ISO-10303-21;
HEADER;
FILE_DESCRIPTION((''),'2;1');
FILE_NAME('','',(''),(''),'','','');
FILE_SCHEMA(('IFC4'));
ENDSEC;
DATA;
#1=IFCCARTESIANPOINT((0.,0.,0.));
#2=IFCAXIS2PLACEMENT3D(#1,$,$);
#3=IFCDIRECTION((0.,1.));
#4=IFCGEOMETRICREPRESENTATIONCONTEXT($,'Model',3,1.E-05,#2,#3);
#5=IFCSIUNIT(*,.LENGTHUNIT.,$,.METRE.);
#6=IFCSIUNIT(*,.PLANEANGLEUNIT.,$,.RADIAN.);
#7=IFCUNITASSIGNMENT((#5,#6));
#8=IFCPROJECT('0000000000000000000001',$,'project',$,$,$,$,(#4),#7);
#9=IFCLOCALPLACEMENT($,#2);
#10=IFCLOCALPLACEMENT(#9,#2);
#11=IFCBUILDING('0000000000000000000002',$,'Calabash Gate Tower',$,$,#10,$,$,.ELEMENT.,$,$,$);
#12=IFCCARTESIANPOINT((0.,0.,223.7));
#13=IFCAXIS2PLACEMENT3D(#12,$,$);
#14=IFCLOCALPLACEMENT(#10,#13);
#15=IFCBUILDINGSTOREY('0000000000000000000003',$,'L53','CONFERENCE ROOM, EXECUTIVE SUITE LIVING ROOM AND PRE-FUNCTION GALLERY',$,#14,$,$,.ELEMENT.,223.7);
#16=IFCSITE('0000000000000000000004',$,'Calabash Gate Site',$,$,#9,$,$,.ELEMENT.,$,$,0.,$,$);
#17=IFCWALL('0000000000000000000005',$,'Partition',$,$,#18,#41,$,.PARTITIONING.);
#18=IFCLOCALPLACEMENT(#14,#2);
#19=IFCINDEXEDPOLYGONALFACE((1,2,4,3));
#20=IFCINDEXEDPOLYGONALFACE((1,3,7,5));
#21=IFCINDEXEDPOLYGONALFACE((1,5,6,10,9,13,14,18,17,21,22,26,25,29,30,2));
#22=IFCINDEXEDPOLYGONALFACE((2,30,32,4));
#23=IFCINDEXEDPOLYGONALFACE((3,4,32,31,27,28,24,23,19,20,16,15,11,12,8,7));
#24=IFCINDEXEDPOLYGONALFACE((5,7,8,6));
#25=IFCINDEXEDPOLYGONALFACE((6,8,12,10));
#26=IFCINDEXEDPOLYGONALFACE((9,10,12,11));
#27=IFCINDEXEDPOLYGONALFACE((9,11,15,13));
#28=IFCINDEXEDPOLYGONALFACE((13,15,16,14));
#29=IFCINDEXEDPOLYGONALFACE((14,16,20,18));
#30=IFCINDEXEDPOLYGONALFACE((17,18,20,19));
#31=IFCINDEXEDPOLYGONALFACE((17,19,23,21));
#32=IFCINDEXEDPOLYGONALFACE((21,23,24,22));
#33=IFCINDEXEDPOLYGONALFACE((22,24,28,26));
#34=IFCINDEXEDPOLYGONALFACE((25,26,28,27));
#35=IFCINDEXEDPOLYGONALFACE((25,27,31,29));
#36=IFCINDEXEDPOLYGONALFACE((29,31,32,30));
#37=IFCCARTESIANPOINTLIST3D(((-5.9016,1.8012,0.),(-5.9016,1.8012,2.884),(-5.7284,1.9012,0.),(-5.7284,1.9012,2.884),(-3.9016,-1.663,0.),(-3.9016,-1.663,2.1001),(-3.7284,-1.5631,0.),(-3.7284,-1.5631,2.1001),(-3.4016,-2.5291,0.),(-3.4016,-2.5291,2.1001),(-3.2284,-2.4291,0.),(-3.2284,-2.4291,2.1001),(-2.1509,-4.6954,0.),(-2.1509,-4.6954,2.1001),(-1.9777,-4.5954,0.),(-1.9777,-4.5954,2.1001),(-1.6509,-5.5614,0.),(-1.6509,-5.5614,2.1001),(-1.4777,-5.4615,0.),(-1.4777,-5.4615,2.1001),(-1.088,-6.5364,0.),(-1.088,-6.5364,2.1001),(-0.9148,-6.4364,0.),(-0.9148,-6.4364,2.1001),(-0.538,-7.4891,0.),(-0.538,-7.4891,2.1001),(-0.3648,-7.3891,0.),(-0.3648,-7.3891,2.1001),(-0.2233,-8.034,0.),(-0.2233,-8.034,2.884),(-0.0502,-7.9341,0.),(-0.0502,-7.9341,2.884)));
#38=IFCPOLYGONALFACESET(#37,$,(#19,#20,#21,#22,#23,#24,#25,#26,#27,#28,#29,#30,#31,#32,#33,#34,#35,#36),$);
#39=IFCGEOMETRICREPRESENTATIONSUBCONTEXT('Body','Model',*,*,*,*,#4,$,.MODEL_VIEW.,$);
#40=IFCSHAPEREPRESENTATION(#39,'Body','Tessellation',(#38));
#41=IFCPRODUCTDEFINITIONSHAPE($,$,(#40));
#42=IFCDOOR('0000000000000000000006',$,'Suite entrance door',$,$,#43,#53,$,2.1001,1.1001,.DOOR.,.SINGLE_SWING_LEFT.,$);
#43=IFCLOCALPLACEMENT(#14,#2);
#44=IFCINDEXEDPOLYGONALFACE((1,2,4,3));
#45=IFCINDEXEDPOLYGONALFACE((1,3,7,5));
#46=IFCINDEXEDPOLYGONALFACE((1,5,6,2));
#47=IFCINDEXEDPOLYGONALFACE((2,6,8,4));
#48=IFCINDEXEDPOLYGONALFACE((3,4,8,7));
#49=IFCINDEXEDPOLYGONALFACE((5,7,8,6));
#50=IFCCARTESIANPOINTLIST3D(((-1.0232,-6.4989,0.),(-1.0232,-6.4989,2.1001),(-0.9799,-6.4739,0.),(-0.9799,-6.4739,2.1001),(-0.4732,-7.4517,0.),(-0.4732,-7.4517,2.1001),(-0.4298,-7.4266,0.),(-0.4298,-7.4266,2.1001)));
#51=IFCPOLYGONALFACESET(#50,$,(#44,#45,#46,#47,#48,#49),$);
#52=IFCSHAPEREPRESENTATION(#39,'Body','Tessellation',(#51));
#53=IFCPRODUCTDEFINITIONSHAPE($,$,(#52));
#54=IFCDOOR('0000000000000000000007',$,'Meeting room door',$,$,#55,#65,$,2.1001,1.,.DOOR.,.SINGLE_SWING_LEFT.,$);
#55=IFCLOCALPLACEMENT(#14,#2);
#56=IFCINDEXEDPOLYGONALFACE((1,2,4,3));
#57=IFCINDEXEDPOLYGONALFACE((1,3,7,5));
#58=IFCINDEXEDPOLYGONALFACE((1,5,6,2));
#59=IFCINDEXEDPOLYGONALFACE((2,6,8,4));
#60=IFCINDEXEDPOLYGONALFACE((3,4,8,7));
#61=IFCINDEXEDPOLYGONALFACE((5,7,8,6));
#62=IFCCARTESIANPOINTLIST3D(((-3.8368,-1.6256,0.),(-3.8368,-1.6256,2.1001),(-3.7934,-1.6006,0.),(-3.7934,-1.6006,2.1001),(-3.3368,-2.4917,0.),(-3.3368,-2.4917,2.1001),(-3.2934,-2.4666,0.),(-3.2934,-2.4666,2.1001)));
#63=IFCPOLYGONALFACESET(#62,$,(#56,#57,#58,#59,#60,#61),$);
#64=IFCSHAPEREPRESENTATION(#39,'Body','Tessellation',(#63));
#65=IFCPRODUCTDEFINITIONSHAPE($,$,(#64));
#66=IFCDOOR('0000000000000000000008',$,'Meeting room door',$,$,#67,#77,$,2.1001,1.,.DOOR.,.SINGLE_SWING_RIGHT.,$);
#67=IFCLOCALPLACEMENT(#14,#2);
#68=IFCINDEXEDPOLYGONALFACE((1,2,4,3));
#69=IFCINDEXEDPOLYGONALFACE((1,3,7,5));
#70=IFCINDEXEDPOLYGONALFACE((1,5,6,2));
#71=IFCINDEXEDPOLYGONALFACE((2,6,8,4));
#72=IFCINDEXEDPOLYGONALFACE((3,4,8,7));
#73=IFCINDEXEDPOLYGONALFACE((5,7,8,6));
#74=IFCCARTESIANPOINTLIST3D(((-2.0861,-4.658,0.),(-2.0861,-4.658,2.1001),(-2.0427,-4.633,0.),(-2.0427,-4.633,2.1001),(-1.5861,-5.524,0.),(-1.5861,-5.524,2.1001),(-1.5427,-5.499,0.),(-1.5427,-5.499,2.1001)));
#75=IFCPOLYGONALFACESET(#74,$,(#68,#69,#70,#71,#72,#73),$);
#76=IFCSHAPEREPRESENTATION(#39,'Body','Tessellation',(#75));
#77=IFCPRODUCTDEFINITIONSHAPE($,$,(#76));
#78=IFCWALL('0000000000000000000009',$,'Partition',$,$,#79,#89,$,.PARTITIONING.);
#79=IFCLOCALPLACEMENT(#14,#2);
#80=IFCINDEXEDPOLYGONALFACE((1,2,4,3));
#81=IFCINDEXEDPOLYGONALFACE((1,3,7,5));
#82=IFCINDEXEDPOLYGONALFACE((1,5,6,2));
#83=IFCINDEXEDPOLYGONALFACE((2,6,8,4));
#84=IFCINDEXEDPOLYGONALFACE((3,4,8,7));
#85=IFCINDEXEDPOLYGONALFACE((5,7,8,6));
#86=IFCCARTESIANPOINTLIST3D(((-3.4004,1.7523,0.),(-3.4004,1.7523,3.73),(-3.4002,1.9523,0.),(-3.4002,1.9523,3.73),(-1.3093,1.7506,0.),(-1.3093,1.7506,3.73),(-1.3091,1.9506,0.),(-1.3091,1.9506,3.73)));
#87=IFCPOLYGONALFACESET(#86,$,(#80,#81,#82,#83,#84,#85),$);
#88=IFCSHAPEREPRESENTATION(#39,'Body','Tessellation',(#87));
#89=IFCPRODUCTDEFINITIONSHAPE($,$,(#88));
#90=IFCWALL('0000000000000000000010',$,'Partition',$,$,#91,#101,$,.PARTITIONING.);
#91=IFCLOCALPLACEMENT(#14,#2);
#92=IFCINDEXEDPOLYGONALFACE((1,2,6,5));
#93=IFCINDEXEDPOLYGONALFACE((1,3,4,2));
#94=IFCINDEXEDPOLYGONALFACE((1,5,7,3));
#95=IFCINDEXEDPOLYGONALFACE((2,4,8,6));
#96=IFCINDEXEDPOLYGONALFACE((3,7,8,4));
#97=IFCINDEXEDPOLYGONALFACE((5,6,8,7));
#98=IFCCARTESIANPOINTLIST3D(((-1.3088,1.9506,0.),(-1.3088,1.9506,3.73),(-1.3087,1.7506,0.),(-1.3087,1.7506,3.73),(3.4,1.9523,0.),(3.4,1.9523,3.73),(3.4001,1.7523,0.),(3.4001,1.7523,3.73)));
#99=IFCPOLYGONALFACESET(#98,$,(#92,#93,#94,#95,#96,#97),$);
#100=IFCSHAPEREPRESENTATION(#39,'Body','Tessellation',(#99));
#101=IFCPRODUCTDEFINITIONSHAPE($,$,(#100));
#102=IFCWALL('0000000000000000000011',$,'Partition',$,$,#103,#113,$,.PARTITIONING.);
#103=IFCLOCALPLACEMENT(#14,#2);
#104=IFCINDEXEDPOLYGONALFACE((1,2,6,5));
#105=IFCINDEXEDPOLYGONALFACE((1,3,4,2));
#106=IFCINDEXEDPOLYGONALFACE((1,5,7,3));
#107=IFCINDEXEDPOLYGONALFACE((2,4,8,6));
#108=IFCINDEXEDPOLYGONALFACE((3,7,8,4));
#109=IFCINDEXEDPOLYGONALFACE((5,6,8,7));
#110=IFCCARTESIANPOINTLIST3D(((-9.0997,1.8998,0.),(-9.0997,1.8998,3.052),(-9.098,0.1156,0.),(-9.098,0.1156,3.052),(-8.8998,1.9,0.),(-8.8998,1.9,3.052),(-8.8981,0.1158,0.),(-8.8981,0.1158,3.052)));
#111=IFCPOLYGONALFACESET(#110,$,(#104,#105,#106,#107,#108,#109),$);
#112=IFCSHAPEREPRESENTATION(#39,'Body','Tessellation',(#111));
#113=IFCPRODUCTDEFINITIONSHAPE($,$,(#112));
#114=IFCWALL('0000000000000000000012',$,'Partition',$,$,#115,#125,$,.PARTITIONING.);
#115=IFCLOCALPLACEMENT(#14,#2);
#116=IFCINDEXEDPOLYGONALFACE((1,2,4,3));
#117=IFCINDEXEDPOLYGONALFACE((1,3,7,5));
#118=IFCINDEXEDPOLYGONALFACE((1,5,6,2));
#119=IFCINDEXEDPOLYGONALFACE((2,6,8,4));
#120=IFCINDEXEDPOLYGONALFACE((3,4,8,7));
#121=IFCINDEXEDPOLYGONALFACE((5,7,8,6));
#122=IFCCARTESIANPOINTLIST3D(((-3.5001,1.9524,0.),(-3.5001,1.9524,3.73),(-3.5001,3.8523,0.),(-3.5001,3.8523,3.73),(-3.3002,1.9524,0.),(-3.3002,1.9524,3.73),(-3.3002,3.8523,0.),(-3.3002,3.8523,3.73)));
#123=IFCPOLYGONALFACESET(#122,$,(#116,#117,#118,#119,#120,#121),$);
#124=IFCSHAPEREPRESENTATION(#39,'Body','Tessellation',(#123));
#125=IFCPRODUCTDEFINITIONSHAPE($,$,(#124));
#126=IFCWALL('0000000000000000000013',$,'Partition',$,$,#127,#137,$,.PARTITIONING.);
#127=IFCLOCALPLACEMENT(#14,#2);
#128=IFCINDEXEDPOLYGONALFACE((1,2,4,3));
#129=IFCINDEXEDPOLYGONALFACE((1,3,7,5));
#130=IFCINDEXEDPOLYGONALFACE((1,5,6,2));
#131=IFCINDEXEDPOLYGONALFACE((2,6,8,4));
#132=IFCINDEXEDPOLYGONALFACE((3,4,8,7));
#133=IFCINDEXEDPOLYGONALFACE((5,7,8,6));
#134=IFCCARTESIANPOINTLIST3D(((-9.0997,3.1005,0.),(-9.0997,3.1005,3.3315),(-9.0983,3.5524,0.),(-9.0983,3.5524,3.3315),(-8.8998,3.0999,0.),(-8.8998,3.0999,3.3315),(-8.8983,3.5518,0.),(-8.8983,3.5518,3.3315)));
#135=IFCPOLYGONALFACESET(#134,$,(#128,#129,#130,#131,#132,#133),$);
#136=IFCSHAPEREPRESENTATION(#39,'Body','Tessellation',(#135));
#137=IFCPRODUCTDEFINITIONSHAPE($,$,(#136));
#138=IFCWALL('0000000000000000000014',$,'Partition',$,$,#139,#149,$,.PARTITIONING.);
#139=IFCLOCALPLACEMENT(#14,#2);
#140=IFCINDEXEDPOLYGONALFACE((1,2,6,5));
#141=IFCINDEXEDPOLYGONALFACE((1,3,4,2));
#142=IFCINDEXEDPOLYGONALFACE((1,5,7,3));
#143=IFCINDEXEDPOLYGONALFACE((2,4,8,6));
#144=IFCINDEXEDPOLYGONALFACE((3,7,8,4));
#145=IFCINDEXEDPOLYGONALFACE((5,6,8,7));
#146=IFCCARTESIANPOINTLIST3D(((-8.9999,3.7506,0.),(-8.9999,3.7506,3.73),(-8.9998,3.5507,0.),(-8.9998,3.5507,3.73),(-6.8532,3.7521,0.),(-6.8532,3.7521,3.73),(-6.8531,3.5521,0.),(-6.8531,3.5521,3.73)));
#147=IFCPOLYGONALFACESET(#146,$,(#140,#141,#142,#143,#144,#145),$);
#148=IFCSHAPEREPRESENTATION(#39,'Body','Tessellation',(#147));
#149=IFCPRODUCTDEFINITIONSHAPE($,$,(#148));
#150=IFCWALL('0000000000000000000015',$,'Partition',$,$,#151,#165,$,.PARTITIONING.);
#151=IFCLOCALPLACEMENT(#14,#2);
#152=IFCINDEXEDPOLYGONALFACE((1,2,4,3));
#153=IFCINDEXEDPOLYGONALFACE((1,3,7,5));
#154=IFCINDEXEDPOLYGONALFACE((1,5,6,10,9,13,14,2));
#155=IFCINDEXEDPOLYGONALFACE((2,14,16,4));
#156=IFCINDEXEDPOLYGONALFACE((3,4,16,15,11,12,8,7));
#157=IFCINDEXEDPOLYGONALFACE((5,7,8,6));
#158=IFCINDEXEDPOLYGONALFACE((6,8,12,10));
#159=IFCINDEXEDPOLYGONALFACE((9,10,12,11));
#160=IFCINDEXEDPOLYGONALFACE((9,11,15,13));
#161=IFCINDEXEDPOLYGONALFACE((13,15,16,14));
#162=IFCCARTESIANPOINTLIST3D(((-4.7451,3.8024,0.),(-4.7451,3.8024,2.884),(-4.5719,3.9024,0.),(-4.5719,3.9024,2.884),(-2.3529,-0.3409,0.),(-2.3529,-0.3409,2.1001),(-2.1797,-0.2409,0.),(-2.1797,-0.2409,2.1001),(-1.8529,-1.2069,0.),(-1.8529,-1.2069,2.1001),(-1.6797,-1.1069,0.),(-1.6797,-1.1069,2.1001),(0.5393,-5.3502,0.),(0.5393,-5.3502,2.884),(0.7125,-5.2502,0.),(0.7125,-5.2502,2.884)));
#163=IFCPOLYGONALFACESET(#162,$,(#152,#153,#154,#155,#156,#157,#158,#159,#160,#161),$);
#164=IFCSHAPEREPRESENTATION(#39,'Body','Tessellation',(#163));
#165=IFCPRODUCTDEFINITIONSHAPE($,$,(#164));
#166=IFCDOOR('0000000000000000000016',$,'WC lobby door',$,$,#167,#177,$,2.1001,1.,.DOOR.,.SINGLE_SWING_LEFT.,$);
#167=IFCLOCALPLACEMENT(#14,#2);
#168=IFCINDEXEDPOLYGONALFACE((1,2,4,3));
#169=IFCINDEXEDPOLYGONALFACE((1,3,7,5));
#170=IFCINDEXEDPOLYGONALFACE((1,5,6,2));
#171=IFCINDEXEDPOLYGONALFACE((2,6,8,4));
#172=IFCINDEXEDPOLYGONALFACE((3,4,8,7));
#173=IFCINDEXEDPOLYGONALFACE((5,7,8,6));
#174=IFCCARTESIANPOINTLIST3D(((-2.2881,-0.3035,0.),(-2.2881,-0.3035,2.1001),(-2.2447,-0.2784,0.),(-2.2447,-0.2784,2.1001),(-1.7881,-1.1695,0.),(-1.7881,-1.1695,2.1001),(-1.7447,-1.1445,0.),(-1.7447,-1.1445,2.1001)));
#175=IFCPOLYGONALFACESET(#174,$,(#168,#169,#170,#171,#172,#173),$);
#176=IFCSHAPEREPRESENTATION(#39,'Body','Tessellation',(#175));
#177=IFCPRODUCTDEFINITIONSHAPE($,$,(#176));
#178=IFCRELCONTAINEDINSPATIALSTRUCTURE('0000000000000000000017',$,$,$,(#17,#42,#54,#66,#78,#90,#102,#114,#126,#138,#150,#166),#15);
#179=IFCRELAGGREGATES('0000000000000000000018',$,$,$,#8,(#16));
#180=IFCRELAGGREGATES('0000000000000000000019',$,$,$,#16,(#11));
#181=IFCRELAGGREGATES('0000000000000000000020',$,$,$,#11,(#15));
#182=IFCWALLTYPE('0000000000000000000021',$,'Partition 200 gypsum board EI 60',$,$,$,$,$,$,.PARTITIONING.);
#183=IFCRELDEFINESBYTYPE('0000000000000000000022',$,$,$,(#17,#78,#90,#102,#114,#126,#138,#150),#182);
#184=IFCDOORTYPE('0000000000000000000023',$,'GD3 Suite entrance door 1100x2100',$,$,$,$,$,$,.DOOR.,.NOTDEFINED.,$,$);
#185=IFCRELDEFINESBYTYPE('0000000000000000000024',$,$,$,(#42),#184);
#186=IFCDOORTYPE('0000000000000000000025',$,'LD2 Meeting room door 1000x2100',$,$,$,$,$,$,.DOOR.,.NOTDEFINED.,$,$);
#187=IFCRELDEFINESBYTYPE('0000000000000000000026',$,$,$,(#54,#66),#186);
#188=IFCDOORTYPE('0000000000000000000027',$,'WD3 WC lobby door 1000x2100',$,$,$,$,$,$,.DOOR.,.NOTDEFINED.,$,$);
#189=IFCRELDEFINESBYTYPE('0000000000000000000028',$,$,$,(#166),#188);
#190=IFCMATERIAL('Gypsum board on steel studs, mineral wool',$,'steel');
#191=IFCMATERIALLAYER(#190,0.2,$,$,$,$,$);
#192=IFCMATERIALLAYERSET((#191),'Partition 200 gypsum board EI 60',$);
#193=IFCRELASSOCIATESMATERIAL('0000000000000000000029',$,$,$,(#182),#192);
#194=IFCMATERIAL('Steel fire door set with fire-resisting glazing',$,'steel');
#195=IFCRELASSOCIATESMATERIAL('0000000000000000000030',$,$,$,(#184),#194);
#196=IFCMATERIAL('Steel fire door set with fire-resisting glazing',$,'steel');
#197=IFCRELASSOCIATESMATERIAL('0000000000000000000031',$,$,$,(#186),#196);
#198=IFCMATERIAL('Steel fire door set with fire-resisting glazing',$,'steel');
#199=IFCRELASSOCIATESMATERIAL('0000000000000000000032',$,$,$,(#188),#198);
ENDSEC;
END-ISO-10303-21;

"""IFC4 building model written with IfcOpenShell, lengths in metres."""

from ifc_helpers import new_model, si_unit, direction, frame, frame_2d, origin, place, context, subcontext, project, spatial, rectangle, extrude, material, layer, layer_set, type_object, element, fill, save


model = new_model("IFC4")

# Units and contexts
model_context = context("Model", 3, precision=1e-05, world=origin(), true_north=direction((0.0, 1.0)))
body_context = subcontext(model_context, "Body", "Model", "MODEL_VIEW")
ifc_project = project(units=[si_unit("LENGTHUNIT", "METRE"), si_unit("PLANEANGLEUNIT", "RADIAN")], contexts=[model_context])

# Site, building, storey
site_placement = place(None, origin())
site = spatial("IfcSite", under=ifc_project, at=site_placement, Name="Calabash Gate Site", CompositionType="ELEMENT", RefElevation=0.0)
building_placement = place(site_placement, origin())
building = spatial("IfcBuilding", under=site, at=building_placement, Name="Calabash Gate Tower", CompositionType="ELEMENT")
storey_placement = place(building_placement, frame((0.0, 0.0, 223.7)))
storey = spatial("IfcBuildingStorey", under=building, at=storey_placement, Name="L53", Description="CONFERENCE ROOM, EXECUTIVE SUITE LIVING ROOM AND PRE-FUNCTION GALLERY", CompositionType="ELEMENT", Elevation=223.7)

# Wall, openings, doors
ifc_material_1 = material(Name="Gypsum board on steel studs, mineral wool", Category="steel")
ifc_layer_1 = layer(ifc_material_1, 0.2)
ifc_layer_set_1 = layer_set([ifc_layer_1], Name="Partition 200 gypsum board EI 60")
wall_type_1 = type_object("IfcWallType", Name="Partition 200 gypsum board EI 60", PredefinedType="PARTITIONING", material=ifc_layer_set_1)
wall_1_placement = place(storey_placement, frame((-5.8149, 1.8511, 0.0), z_axis=(0.0, 0.0, 1.0), x_axis=(0.499991, -0.866031, 0.0)))
wall_1 = element("IfcWall", 1, at=wall_1_placement, inside=storey, type_object=wall_type_1, Name="Partition", PredefinedType="PARTITIONING", context=body_context, shape_type="SweptSolid", body=[
    extrude(rectangle(XDim=11.3567, YDim=0.2, at=frame_2d((5.6782, 0.0))), origin(), (0.0, 0.0, 1.0), 2.884),
])
opening_1_placement = place(wall_1_placement, frame((4.0, 0.0, 0.0)))
opening_1 = element("IfcOpeningElement", 2, at=opening_1_placement, cuts=wall_1, PredefinedType="OPENING", context=body_context, shape_type="SweptSolid", body=[
    extrude(rectangle(XDim=1.0, YDim=2.1001, at=frame_2d((0.5, 1.05))), frame((0.0, 0.1099, 0.0), z_axis=(0.0, -1.0, 0.0), x_axis=(1.0, 0.0, 0.0)), (0.0, 0.0, 1.0), 0.22),
])
opening_2_placement = place(wall_1_placement, frame((7.5015, 0.0, 0.0)))
opening_2 = element("IfcOpeningElement", 3, at=opening_2_placement, cuts=wall_1, PredefinedType="OPENING", context=body_context, shape_type="SweptSolid", body=[
    extrude(rectangle(XDim=1.0, YDim=2.1001, at=frame_2d((0.5, 1.05))), frame((0.0, 0.1099, 0.0), z_axis=(0.0, -1.0, 0.0), x_axis=(1.0, 0.0, 0.0)), (0.0, 0.0, 1.0), 0.22),
])
opening_3_placement = place(wall_1_placement, frame((9.6272, 0.0, 0.0)))
opening_3 = element("IfcOpeningElement", 4, at=opening_3_placement, cuts=wall_1, PredefinedType="OPENING", context=body_context, shape_type="SweptSolid", body=[
    extrude(rectangle(XDim=1.1001, YDim=2.1001, at=frame_2d((0.55, 1.05))), frame((0.0, 0.1099, 0.0), z_axis=(0.0, -1.0, 0.0), x_axis=(1.0, 0.0, 0.0)), (0.0, 0.0, 1.0), 0.22),
])
ifc_material_2 = material(Name="Steel fire door set with fire-resisting glazing", Category="steel")
door_type_1 = type_object("IfcDoorType", Name="GD3 Suite entrance door 1100x2100", OperationType="NOTDEFINED", PredefinedType="DOOR", material=ifc_material_2)
door_1_placement = place(opening_3_placement, origin())
door_1 = element("IfcDoor", 5, at=door_1_placement, inside=storey, type_object=door_type_1, Name="Suite entrance door", OperationType="SINGLE_SWING_LEFT", OverallHeight=2.1001, OverallWidth=1.1001, PredefinedType="DOOR", context=body_context, shape_type="SweptSolid", body=[
    extrude(rectangle(XDim=1.1001, YDim=2.1001, at=frame_2d((0.55, 1.05))), frame((0.0, 0.0249, 0.0), z_axis=(0.0, -1.0, 0.0), x_axis=(1.0, 0.0, 0.0)), (0.0, 0.0, 1.0), 0.05),
])
fill(opening_3, door_1)
ifc_material_3 = material(Name="Steel fire door set with fire-resisting glazing", Category="steel")
door_type_2 = type_object("IfcDoorType", Name="LD2 Meeting room door 1000x2100", OperationType="NOTDEFINED", PredefinedType="DOOR", material=ifc_material_3)
door_2_placement = place(opening_1_placement, origin())
door_2 = element("IfcDoor", 6, at=door_2_placement, inside=storey, type_object=door_type_2, Name="Meeting room door", OperationType="SINGLE_SWING_LEFT", OverallHeight=2.1001, OverallWidth=1.0, PredefinedType="DOOR", context=body_context, shape_type="SweptSolid", body=[
    extrude(rectangle(XDim=1.0, YDim=2.1001, at=frame_2d((0.5, 1.05))), frame((0.0, 0.0249, 0.0), z_axis=(0.0, -1.0, 0.0), x_axis=(1.0, 0.0, 0.0)), (0.0, 0.0, 1.0), 0.05),
])
fill(opening_1, door_2)
door_3_placement = place(opening_2_placement, origin())
door_3 = element("IfcDoor", 7, at=door_3_placement, inside=storey, type_object=door_type_2, Name="Meeting room door", OperationType="SINGLE_SWING_RIGHT", OverallHeight=2.1001, OverallWidth=1.0, PredefinedType="DOOR", context=body_context, shape_type="SweptSolid", body=[
    extrude(rectangle(XDim=1.0, YDim=2.1001, at=frame_2d((0.5, 1.05))), frame((0.0, 0.0249, 0.0), z_axis=(0.0, -1.0, 0.0), x_axis=(1.0, 0.0, 0.0)), (0.0, 0.0, 1.0), 0.05),
])
fill(opening_2, door_3)

# Walls
wall_2_placement = place(storey_placement, frame((-3.4001, 1.8523, 0.0), z_axis=(0.0, 0.0, 1.0), x_axis=(1.0, -0.000817, 0.0)))
element("IfcWall", 8, at=wall_2_placement, inside=storey, type_object=wall_type_1, Name="Partition", PredefinedType="PARTITIONING", context=body_context, shape_type="SweptSolid", body=[
    extrude(rectangle(XDim=2.0911, YDim=0.2, at=frame_2d((1.0454, 0.0))), origin(), (0.0, 0.0, 1.0), 3.73),
])
wall_3_placement = place(storey_placement, frame((-1.3088, 1.8506, 0.0), z_axis=(0.0, 0.0, 1.0), x_axis=(1.0, 0.000363, 0.0)))
element("IfcWall", 9, at=wall_3_placement, inside=storey, type_object=wall_type_1, Name="Partition", PredefinedType="PARTITIONING", context=body_context, shape_type="SweptSolid", body=[
    extrude(rectangle(XDim=4.7087, YDim=0.2, at=frame_2d((2.3545, 0.0))), origin(), (0.0, 0.0, 1.0), 3.73),
])
wall_4_placement = place(storey_placement, frame((-8.9998, 1.8999, 0.0), z_axis=(0.0, 0.0, 1.0), x_axis=(0.000958, -1.0, 0.0)))
element("IfcWall", 10, at=wall_4_placement, inside=storey, type_object=wall_type_1, Name="Partition", PredefinedType="PARTITIONING", context=body_context, shape_type="SweptSolid", body=[
    extrude(rectangle(XDim=1.7842, YDim=0.2, at=frame_2d((0.8921, 0.0))), origin(), (0.0, 0.0, 1.0), 3.052),
])
wall_5_placement = place(storey_placement, frame((-3.4001, 3.8523, 0.0), z_axis=(0.0, 0.0, 1.0), x_axis=(0.0, -1.0, 0.0)))
element("IfcWall", 11, at=wall_5_placement, inside=storey, type_object=wall_type_1, Name="Partition", PredefinedType="PARTITIONING", context=body_context, shape_type="SweptSolid", body=[
    extrude(rectangle(XDim=1.8999, YDim=0.2, at=frame_2d((0.95, 0.0))), origin(), (0.0, 0.0, 1.0), 3.73),
])
wall_6_placement = place(storey_placement, frame((-8.9998, 3.1001, 0.0), z_axis=(0.0, 0.0, 1.0), x_axis=(0.003241, 0.999995, 0.0)))
element("IfcWall", 12, at=wall_6_placement, inside=storey, type_object=wall_type_1, Name="Partition", PredefinedType="PARTITIONING", context=body_context, shape_type="SweptSolid", body=[
    extrude(rectangle(XDim=0.4519, YDim=0.2, at=frame_2d((0.2261, 0.0))), origin(), (0.0, 0.0, 1.0), 3.3315),
])
wall_7_placement = place(storey_placement, frame((-8.9998, 3.6506, 0.0), z_axis=(0.0, 0.0, 1.0), x_axis=(1.0, 0.000682, 0.0)))
element("IfcWall", 13, at=wall_7_placement, inside=storey, type_object=wall_type_1, Name="Partition", PredefinedType="PARTITIONING", context=body_context, shape_type="SweptSolid", body=[
    extrude(rectangle(XDim=2.1467, YDim=0.2, at=frame_2d((1.0732, 0.0))), origin(), (0.0, 0.0, 1.0), 3.73),
])

# Wall, opening, door
wall_8_placement = place(storey_placement, frame((-4.6584, 3.8523, 0.0), z_axis=(0.0, 0.0, 1.0), x_axis=(0.500012, -0.866018, 0.0)))
wall_8 = element("IfcWall", 14, at=wall_8_placement, inside=storey, type_object=wall_type_1, Name="Partition", PredefinedType="PARTITIONING", context=body_context, shape_type="SweptSolid", body=[
    extrude(rectangle(XDim=10.5686, YDim=0.2, at=frame_2d((5.2842, 0.0))), origin(), (0.0, 0.0, 1.0), 2.884),
])
opening_4_placement = place(wall_8_placement, frame((4.7842, 0.0, 0.0)))
opening_4 = element("IfcOpeningElement", 15, at=opening_4_placement, cuts=wall_8, PredefinedType="OPENING", context=body_context, shape_type="SweptSolid", body=[
    extrude(rectangle(XDim=1.0, YDim=2.1001, at=frame_2d((0.5, 1.05))), frame((0.0, 0.1099, 0.0), z_axis=(0.0, -1.0, 0.0), x_axis=(1.0, 0.0, 0.0)), (0.0, 0.0, 1.0), 0.22),
])
ifc_material_4 = material(Name="Steel fire door set with fire-resisting glazing", Category="steel")
door_type_3 = type_object("IfcDoorType", Name="WD3 WC lobby door 1000x2100", OperationType="NOTDEFINED", PredefinedType="DOOR", material=ifc_material_4)
door_4_placement = place(opening_4_placement, origin())
door_4 = element("IfcDoor", 16, at=door_4_placement, inside=storey, type_object=door_type_3, Name="WC lobby door", OperationType="SINGLE_SWING_LEFT", OverallHeight=2.1001, OverallWidth=1.0, PredefinedType="DOOR", context=body_context, shape_type="SweptSolid", body=[
    extrude(rectangle(XDim=1.0, YDim=2.1001, at=frame_2d((0.5, 1.05))), frame((0.0, 0.0249, 0.0), z_axis=(0.0, -1.0, 0.0), x_axis=(1.0, 0.0, 0.0)), (0.0, 0.0, 1.0), 0.05),
])
fill(opening_4, door_4)

save(model, "model.ifc")
